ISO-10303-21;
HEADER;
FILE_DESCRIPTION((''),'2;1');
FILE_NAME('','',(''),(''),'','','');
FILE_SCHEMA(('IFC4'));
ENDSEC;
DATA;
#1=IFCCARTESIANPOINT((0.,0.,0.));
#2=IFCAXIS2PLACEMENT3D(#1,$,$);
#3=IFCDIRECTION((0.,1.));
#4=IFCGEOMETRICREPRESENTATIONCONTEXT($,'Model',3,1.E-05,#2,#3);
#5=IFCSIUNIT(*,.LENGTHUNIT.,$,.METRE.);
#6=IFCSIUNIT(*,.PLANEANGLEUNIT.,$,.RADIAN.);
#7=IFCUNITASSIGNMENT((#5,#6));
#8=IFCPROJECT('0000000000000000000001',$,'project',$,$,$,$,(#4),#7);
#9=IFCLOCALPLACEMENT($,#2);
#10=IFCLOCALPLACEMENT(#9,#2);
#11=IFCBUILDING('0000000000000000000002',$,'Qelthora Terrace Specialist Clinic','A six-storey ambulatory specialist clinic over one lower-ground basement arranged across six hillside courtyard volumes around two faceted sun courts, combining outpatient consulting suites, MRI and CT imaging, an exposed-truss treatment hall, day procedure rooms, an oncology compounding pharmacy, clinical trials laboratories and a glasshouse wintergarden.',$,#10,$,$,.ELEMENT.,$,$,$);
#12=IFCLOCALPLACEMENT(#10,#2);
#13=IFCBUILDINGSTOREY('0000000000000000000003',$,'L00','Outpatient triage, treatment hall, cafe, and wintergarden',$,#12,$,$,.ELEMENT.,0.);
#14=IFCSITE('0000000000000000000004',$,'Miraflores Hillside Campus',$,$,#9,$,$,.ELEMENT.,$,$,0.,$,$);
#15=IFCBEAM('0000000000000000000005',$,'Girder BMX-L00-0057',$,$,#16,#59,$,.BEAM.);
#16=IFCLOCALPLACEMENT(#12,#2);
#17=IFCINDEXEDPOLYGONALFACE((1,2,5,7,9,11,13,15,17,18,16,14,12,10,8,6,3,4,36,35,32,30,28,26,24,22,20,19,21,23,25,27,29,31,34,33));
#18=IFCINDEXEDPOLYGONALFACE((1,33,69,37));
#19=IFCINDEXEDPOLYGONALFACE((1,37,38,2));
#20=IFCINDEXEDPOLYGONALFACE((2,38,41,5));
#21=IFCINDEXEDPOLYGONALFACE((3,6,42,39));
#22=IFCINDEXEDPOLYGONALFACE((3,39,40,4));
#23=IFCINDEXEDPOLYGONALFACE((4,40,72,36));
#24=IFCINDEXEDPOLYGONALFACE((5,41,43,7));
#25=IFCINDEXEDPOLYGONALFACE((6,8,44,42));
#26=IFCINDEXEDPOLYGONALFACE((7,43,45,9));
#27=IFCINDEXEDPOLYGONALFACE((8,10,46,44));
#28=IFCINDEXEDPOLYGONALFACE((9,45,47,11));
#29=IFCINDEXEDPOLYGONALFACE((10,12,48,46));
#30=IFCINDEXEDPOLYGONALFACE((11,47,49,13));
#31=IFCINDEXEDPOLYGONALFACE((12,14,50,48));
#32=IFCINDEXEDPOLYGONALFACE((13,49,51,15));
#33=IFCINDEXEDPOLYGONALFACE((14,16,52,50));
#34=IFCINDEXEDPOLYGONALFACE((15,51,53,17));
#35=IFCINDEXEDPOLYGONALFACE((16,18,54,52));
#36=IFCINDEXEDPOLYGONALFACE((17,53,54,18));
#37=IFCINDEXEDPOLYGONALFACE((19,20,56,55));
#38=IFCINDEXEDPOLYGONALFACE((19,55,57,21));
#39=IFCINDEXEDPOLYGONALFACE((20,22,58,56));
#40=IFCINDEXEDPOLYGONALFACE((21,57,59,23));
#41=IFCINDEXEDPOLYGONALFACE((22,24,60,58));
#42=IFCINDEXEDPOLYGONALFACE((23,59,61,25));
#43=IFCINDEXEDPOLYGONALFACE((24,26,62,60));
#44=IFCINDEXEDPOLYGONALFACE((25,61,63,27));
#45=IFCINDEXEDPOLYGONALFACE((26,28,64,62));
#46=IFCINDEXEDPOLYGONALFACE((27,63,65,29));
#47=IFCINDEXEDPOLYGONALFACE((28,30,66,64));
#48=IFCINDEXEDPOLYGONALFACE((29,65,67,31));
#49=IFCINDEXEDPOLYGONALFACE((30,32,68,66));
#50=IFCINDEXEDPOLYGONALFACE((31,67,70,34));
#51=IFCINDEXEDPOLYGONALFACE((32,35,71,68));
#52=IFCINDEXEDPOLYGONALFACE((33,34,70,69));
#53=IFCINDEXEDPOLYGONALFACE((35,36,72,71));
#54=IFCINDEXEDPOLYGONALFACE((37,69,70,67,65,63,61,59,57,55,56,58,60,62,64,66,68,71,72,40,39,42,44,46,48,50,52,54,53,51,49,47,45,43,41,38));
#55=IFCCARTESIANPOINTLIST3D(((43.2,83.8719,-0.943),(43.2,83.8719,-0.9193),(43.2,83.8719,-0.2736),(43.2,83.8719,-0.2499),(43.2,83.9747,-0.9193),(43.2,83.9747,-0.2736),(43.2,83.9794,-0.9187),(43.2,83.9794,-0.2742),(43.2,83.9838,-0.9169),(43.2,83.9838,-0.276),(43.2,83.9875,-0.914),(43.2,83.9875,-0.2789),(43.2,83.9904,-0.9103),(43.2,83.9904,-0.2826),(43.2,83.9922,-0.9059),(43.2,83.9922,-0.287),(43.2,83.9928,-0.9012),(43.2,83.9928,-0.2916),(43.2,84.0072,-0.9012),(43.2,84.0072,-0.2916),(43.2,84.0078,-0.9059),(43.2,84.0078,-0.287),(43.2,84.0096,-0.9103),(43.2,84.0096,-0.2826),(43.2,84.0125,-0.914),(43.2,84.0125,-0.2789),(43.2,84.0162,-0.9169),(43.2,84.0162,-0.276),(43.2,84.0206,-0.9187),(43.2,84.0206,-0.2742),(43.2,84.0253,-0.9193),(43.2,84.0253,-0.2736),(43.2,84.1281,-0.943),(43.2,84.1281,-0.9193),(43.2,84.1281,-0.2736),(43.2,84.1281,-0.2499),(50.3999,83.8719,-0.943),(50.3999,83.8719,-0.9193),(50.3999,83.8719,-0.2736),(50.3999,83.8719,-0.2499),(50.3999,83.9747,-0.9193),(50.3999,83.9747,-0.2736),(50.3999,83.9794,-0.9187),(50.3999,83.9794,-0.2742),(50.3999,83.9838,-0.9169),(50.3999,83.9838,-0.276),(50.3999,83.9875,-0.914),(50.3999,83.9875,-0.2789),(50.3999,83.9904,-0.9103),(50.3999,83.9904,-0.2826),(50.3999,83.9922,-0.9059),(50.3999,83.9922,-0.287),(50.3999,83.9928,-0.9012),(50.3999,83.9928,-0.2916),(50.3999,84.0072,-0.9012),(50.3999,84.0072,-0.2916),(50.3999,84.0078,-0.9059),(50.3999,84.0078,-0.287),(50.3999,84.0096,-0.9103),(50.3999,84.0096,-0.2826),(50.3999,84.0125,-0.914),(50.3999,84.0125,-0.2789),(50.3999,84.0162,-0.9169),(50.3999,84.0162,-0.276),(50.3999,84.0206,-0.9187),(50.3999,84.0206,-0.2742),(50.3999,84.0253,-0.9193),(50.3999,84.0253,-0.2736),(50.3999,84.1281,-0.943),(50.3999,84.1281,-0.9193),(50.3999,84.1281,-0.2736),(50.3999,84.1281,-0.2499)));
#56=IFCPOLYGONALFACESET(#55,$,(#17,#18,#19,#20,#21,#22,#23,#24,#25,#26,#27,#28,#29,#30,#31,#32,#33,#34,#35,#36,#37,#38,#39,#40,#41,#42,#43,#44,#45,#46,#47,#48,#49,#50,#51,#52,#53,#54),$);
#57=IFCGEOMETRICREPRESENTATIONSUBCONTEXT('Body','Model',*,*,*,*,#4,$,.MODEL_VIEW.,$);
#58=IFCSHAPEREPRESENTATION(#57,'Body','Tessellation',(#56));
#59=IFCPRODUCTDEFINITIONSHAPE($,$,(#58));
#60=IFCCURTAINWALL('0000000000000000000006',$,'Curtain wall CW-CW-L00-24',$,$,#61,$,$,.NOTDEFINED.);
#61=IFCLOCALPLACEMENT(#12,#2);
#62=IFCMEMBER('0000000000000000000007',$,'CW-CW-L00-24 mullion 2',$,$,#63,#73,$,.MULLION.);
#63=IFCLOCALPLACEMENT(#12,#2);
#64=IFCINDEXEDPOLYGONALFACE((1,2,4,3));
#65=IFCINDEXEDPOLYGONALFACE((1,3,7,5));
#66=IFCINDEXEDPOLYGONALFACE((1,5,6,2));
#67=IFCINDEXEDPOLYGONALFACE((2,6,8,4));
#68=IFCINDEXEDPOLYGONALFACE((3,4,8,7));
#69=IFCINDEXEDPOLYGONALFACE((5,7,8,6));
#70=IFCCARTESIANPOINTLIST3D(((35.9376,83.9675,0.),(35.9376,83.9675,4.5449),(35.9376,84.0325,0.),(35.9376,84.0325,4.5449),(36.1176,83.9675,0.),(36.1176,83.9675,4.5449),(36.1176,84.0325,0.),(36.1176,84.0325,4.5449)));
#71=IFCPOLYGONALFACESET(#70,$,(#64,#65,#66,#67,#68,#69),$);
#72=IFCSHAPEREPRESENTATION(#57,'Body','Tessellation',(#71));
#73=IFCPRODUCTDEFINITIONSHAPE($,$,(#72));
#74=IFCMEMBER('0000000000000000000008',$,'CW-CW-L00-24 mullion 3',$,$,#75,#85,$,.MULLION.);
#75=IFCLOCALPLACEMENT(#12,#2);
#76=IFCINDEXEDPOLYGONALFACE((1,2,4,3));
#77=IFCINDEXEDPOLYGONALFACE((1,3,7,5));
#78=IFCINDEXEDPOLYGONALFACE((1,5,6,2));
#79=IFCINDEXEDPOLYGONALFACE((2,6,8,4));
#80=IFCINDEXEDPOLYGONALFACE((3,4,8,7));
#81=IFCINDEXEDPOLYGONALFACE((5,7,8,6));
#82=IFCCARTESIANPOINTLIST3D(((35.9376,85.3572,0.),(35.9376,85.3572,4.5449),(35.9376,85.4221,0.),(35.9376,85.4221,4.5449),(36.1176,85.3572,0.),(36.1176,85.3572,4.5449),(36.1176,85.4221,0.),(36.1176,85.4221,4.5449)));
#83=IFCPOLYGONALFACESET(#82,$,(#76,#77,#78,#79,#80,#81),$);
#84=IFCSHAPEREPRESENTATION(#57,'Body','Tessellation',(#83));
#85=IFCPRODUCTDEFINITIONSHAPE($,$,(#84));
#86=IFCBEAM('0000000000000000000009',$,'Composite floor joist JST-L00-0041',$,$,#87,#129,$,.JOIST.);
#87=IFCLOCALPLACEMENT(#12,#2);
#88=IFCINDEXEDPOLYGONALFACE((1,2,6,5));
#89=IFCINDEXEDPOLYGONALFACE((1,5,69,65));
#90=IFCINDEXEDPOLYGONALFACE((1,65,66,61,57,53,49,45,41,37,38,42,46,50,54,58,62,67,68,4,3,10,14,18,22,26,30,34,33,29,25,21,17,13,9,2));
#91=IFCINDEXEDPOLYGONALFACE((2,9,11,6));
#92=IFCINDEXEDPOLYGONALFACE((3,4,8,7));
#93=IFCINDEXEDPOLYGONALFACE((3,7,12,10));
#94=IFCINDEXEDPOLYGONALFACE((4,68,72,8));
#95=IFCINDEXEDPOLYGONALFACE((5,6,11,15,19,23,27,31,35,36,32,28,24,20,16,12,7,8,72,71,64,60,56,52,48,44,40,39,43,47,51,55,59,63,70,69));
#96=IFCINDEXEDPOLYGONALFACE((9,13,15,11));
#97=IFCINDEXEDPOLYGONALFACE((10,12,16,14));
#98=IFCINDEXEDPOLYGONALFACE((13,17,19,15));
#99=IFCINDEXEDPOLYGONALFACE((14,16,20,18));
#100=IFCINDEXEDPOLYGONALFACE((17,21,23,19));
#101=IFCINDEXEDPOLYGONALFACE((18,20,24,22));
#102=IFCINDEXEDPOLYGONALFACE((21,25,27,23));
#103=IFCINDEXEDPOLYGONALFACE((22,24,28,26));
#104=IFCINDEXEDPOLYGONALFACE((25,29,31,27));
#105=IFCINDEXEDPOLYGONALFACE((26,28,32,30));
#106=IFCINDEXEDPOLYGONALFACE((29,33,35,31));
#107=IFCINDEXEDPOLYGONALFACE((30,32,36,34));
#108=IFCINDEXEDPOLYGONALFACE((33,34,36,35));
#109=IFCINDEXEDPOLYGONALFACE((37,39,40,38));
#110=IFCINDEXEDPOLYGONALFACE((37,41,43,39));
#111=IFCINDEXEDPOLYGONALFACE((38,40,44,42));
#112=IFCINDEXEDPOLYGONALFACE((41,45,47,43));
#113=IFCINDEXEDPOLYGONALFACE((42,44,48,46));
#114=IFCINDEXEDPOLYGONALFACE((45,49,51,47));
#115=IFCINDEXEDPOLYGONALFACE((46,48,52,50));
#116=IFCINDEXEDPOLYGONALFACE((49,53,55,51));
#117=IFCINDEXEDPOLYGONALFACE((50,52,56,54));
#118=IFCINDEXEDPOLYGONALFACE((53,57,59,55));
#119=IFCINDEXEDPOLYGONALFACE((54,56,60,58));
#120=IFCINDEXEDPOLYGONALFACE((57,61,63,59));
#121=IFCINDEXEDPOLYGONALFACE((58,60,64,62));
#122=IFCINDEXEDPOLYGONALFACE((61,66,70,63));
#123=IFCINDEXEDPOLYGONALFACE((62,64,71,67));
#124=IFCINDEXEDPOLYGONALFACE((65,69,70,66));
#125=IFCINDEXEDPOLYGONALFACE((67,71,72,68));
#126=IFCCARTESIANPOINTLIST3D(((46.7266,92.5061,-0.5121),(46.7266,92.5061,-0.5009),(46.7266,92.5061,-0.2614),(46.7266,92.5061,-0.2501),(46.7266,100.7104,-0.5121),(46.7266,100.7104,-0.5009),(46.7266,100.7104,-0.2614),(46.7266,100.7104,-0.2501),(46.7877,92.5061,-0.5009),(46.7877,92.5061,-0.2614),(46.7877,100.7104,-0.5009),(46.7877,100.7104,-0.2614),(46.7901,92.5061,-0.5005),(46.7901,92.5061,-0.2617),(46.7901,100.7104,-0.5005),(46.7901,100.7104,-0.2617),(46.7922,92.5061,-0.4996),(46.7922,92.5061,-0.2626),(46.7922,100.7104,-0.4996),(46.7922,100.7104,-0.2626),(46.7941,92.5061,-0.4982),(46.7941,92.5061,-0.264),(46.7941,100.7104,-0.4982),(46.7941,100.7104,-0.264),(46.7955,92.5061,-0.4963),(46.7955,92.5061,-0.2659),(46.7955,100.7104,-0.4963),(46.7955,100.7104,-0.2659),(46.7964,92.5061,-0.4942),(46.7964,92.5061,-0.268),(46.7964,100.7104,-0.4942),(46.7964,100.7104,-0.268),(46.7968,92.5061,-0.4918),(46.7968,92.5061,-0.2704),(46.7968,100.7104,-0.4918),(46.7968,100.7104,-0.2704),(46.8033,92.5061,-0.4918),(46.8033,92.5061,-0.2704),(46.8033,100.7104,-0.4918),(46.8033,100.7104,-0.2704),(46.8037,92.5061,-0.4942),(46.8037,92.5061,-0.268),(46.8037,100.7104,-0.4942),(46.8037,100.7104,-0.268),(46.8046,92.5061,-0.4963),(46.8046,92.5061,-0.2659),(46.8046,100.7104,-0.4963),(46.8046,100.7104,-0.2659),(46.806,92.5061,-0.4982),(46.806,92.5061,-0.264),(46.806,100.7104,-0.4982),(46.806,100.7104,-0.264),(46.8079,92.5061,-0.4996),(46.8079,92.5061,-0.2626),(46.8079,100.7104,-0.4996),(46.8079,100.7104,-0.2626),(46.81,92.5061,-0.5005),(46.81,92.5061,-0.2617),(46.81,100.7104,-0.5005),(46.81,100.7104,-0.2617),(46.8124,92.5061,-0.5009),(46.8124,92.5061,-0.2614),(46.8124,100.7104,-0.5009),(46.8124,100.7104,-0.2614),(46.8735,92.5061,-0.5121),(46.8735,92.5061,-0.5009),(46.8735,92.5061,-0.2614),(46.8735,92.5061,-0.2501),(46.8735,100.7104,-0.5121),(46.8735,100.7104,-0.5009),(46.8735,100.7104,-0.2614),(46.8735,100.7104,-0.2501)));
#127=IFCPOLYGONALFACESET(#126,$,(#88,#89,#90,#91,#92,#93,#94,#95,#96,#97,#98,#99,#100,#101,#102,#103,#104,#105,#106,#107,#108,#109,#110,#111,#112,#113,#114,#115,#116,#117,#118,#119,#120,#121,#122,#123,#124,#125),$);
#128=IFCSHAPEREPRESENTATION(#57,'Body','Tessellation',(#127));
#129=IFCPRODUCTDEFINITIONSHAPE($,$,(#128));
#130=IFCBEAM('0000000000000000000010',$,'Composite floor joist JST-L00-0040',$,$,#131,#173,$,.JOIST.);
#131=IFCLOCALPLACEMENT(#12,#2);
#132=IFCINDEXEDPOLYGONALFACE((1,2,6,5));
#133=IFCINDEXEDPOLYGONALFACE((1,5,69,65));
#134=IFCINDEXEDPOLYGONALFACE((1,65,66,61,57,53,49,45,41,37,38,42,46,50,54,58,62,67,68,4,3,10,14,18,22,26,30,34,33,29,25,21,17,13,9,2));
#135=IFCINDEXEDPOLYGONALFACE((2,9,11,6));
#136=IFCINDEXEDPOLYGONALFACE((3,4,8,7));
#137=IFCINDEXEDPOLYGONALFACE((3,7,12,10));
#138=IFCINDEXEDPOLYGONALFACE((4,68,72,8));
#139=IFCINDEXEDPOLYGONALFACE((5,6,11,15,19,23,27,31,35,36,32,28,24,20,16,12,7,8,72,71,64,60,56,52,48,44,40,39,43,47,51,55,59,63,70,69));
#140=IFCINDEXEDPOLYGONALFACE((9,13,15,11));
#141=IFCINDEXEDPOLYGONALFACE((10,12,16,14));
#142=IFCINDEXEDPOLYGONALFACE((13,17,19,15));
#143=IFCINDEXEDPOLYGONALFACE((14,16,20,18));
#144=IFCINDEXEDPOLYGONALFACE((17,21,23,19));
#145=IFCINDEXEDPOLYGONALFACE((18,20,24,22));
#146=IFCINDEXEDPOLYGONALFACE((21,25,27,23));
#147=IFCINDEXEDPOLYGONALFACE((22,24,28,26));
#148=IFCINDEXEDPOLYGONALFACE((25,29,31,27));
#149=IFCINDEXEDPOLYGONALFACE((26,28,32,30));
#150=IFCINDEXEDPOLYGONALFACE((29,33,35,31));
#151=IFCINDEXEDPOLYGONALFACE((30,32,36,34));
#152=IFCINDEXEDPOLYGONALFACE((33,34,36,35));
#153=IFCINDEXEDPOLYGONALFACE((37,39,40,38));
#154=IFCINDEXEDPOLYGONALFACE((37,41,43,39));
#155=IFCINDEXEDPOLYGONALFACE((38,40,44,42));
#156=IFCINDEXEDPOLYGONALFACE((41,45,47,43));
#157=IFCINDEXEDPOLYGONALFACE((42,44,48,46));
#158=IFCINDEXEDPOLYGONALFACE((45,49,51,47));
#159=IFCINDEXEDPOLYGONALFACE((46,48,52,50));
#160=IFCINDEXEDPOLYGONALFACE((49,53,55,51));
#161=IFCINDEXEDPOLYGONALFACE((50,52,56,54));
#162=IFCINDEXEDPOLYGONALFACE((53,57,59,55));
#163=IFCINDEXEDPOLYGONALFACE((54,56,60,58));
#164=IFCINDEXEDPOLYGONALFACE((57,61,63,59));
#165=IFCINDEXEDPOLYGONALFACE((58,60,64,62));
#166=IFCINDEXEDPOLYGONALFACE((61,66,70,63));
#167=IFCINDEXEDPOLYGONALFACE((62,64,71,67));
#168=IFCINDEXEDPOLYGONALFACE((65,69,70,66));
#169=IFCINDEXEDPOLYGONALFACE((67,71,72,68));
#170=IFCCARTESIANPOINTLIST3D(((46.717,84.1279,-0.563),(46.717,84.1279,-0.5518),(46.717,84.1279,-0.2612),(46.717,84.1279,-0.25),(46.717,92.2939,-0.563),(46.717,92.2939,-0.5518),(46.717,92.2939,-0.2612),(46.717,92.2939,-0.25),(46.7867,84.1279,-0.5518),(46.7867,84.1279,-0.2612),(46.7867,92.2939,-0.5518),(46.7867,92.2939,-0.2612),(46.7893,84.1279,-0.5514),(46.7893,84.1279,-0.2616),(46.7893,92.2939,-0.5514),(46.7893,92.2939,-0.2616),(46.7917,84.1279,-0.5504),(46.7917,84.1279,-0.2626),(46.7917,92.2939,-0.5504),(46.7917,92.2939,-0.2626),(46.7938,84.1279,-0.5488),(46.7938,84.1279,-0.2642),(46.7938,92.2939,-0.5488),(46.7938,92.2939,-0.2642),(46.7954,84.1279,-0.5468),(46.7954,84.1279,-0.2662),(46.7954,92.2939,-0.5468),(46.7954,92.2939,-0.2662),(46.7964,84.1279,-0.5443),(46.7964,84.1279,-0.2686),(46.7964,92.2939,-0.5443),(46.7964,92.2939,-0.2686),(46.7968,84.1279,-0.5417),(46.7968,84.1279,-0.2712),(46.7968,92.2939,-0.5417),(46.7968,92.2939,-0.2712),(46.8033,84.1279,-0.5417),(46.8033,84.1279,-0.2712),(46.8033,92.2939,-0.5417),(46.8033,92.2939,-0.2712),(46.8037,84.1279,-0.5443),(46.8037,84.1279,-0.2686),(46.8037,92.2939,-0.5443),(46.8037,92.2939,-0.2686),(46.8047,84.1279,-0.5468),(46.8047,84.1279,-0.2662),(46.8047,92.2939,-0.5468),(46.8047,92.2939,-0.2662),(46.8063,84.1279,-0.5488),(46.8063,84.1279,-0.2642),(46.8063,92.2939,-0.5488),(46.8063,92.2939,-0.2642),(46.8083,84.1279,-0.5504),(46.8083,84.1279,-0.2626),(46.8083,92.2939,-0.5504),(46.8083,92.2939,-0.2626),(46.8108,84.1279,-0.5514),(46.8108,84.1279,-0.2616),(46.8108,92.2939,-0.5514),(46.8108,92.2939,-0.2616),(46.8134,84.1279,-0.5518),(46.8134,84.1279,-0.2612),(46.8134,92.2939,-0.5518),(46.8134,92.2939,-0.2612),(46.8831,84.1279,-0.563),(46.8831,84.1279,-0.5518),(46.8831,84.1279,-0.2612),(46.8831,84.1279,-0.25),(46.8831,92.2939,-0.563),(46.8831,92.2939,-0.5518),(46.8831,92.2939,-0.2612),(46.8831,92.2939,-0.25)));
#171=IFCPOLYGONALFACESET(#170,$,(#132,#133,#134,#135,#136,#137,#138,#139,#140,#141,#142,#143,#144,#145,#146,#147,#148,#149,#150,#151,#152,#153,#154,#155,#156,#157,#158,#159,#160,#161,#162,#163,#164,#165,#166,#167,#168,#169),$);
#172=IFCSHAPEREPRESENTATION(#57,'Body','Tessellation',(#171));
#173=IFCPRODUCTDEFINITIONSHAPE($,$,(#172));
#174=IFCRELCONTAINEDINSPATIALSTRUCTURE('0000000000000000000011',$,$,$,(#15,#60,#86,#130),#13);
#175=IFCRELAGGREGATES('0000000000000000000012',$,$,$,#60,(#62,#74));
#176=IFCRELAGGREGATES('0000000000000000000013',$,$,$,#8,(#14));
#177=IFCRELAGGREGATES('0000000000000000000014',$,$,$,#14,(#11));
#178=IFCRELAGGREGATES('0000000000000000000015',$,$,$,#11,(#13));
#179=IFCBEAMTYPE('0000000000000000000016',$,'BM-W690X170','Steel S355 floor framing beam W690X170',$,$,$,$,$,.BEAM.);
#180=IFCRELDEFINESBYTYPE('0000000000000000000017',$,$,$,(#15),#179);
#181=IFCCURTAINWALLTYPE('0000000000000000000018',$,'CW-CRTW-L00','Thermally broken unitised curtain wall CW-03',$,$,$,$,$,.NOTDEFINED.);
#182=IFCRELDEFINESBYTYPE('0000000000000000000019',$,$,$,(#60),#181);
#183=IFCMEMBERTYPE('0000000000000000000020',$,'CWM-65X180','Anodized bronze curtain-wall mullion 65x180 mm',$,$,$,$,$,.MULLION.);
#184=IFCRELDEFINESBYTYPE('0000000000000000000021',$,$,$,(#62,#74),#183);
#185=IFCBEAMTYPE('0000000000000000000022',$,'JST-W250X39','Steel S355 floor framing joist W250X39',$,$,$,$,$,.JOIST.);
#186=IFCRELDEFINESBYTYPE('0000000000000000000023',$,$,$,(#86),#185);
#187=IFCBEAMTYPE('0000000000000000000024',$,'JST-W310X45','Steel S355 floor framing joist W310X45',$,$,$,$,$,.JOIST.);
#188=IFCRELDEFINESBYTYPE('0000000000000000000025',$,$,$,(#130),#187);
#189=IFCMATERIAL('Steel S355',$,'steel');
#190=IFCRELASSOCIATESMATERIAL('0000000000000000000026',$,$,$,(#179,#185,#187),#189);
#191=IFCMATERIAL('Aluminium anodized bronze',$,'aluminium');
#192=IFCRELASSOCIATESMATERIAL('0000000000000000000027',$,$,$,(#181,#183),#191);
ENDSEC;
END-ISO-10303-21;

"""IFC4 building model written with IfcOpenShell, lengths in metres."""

from ifc_helpers import new_model, si_unit, direction, frame, origin, origin_2d, place, context, subcontext, project, spatial, rectangle, i_section, extrude, material, material_profile, profile_set, type_object, element, aggregate, save


model = new_model("IFC4")

# Units and contexts
model_context = context("Model", 3, precision=1e-05, world=origin(), true_north=direction((0.0, 1.0)))
body_context = subcontext(model_context, "Body", "Model", "MODEL_VIEW")
ifc_project = project(units=[si_unit("LENGTHUNIT", "METRE"), si_unit("PLANEANGLEUNIT", "RADIAN")], contexts=[model_context])

# Site, building, storey
site_placement = place(None, origin())
site = spatial("IfcSite", under=ifc_project, at=site_placement, Name="Miraflores Hillside Campus", CompositionType="ELEMENT", RefElevation=0.0)
building_placement = place(site_placement, origin())
building = spatial("IfcBuilding", under=site, at=building_placement, Name="Qelthora Terrace Specialist Clinic", Description="A six-storey ambulatory specialist clinic over one lower-ground basement arranged across six hillside courtyard volumes around two faceted sun courts, combining outpatient consulting suites, MRI and CT imaging, an exposed-truss treatment hall, day procedure rooms, an oncology compounding pharmacy, clinical trials laboratories and a glasshouse wintergarden.", CompositionType="ELEMENT")
storey_placement = place(building_placement, origin())
storey = spatial("IfcBuildingStorey", under=building, at=storey_placement, Name="L00", Description="Outpatient triage, treatment hall, cafe, and wintergarden", CompositionType="ELEMENT", Elevation=0.0)

# Shared definitions
ifc_material_1 = material(Name="Steel S355", Category="steel")

# Beam
ifc_material_profile_1 = material_profile(ifc_material_1, i_section(OverallWidth=0.2561, OverallDepth=0.6931, WebThickness=0.0144, FlangeThickness=0.0237, FilletRadius=0.0181, at=origin_2d()), Name="W690X170")
ifc_profile_set_1 = profile_set([ifc_material_profile_1], Name="Steel S355")
beam_type_1 = type_object("IfcBeamType", Name="BM-W690X170", Description="Steel S355 floor framing beam W690X170", PredefinedType="BEAM", material=ifc_profile_set_1)
beam_1_placement = place(storey_placement, frame((43.2, 84.0, -0.5964), z_axis=(1.0, 0.0, 0.0), x_axis=(0.0, 1.0, 0.0)))
element("IfcBeam", 1, at=beam_1_placement, inside=storey, type_object=beam_type_1, Name="Girder BMX-L00-0057", PredefinedType="BEAM", context=body_context, shape_type="SweptSolid", body=[
    extrude(i_section(OverallWidth=0.2561, OverallDepth=0.6931, WebThickness=0.0144, FlangeThickness=0.0237, FilletRadius=0.0181, at=origin_2d()), origin(), (0.0, 0.0, 1.0), 7.2),
])

# Curtain wall, members
ifc_material_2 = material(Name="Aluminium anodized bronze", Category="aluminium")
curtain_wall_type = type_object("IfcCurtainWallType", Name="CW-CRTW-L00", Description="Thermally broken unitised curtain wall CW-03", PredefinedType="NOTDEFINED", material=ifc_material_2)
curtain_wall_placement = place(storey_placement, origin())
curtain_wall = element("IfcCurtainWall", 2, at=curtain_wall_placement, inside=storey, type_object=curtain_wall_type, Name="Curtain wall CW-CW-L00-24", PredefinedType="NOTDEFINED")
ifc_material_profile_2 = material_profile(ifc_material_2, rectangle(XDim=0.0649, YDim=0.1799, at=origin_2d()), Name="CWM65X180")
ifc_profile_set_2 = profile_set([ifc_material_profile_2], Name="Aluminium anodized bronze")
member_type = type_object("IfcMemberType", Name="CWM-65X180", Description="Anodized bronze curtain-wall mullion 65x180 mm", PredefinedType="MULLION", material=ifc_profile_set_2)
member_1_placement = place(storey_placement, frame((36.0276, 84.0, 0.0), z_axis=(0.0, 0.0, 1.0), x_axis=(0.0, 1.0, 0.0)))
member_1 = element("IfcMember", 3, at=member_1_placement, type_object=member_type, Name="CW-CW-L00-24 mullion 2", PredefinedType="MULLION", context=body_context, shape_type="SweptSolid", body=[
    extrude(rectangle(XDim=0.0649, YDim=0.1799, at=origin_2d()), origin(), (0.0, 0.0, 1.0), 4.5449),
])
member_2_placement = place(storey_placement, frame((36.0276, 85.3896, 0.0), z_axis=(0.0, 0.0, 1.0), x_axis=(0.0, 1.0, 0.0)))
member_2 = element("IfcMember", 4, at=member_2_placement, type_object=member_type, Name="CW-CW-L00-24 mullion 3", PredefinedType="MULLION", context=body_context, shape_type="SweptSolid", body=[
    extrude(rectangle(XDim=0.0649, YDim=0.1799, at=origin_2d()), origin(), (0.0, 0.0, 1.0), 4.5449),
])

# Beams
ifc_material_profile_3 = material_profile(ifc_material_1, i_section(OverallWidth=0.147, OverallDepth=0.262, WebThickness=0.0066, FlangeThickness=0.0112, FilletRadius=0.009, at=origin_2d()), Name="W250X39")
ifc_profile_set_3 = profile_set([ifc_material_profile_3], Name="Steel S355")
beam_type_2 = type_object("IfcBeamType", Name="JST-W250X39", Description="Steel S355 floor framing joist W250X39", PredefinedType="JOIST", material=ifc_profile_set_3)
beam_2_placement = place(storey_placement, frame((46.8, 92.5061, -0.3811), z_axis=(0.0, 1.0, 0.0), x_axis=(-1.0, 0.0, 0.0)))
element("IfcBeam", 5, at=beam_2_placement, inside=storey, type_object=beam_type_2, Name="Composite floor joist JST-L00-0041", PredefinedType="JOIST", context=body_context, shape_type="SweptSolid", body=[
    extrude(i_section(OverallWidth=0.147, OverallDepth=0.262, WebThickness=0.0066, FlangeThickness=0.0112, FilletRadius=0.009, at=origin_2d()), origin(), (0.0, 0.0, 1.0), 8.2043),
])
ifc_material_profile_4 = material_profile(ifc_material_1, i_section(OverallWidth=0.166, OverallDepth=0.313, WebThickness=0.0066, FlangeThickness=0.0112, FilletRadius=0.01, at=origin_2d()), Name="W310X45")
ifc_profile_set_4 = profile_set([ifc_material_profile_4], Name="Steel S355")
beam_type_3 = type_object("IfcBeamType", Name="JST-W310X45", Description="Steel S355 floor framing joist W310X45", PredefinedType="JOIST", material=ifc_profile_set_4)
beam_3_placement = place(storey_placement, frame((46.8, 84.1279, -0.4065), z_axis=(0.0, 1.0, 0.0), x_axis=(-1.0, 0.0, 0.0)))
element("IfcBeam", 6, at=beam_3_placement, inside=storey, type_object=beam_type_3, Name="Composite floor joist JST-L00-0040", PredefinedType="JOIST", context=body_context, shape_type="SweptSolid", body=[
    extrude(i_section(OverallWidth=0.166, OverallDepth=0.313, WebThickness=0.0066, FlangeThickness=0.0112, FilletRadius=0.01, at=origin_2d()), origin(), (0.0, 0.0, 1.0), 8.166),
])

aggregate(curtain_wall, [member_1, member_2])

save(model, "model.ifc")
